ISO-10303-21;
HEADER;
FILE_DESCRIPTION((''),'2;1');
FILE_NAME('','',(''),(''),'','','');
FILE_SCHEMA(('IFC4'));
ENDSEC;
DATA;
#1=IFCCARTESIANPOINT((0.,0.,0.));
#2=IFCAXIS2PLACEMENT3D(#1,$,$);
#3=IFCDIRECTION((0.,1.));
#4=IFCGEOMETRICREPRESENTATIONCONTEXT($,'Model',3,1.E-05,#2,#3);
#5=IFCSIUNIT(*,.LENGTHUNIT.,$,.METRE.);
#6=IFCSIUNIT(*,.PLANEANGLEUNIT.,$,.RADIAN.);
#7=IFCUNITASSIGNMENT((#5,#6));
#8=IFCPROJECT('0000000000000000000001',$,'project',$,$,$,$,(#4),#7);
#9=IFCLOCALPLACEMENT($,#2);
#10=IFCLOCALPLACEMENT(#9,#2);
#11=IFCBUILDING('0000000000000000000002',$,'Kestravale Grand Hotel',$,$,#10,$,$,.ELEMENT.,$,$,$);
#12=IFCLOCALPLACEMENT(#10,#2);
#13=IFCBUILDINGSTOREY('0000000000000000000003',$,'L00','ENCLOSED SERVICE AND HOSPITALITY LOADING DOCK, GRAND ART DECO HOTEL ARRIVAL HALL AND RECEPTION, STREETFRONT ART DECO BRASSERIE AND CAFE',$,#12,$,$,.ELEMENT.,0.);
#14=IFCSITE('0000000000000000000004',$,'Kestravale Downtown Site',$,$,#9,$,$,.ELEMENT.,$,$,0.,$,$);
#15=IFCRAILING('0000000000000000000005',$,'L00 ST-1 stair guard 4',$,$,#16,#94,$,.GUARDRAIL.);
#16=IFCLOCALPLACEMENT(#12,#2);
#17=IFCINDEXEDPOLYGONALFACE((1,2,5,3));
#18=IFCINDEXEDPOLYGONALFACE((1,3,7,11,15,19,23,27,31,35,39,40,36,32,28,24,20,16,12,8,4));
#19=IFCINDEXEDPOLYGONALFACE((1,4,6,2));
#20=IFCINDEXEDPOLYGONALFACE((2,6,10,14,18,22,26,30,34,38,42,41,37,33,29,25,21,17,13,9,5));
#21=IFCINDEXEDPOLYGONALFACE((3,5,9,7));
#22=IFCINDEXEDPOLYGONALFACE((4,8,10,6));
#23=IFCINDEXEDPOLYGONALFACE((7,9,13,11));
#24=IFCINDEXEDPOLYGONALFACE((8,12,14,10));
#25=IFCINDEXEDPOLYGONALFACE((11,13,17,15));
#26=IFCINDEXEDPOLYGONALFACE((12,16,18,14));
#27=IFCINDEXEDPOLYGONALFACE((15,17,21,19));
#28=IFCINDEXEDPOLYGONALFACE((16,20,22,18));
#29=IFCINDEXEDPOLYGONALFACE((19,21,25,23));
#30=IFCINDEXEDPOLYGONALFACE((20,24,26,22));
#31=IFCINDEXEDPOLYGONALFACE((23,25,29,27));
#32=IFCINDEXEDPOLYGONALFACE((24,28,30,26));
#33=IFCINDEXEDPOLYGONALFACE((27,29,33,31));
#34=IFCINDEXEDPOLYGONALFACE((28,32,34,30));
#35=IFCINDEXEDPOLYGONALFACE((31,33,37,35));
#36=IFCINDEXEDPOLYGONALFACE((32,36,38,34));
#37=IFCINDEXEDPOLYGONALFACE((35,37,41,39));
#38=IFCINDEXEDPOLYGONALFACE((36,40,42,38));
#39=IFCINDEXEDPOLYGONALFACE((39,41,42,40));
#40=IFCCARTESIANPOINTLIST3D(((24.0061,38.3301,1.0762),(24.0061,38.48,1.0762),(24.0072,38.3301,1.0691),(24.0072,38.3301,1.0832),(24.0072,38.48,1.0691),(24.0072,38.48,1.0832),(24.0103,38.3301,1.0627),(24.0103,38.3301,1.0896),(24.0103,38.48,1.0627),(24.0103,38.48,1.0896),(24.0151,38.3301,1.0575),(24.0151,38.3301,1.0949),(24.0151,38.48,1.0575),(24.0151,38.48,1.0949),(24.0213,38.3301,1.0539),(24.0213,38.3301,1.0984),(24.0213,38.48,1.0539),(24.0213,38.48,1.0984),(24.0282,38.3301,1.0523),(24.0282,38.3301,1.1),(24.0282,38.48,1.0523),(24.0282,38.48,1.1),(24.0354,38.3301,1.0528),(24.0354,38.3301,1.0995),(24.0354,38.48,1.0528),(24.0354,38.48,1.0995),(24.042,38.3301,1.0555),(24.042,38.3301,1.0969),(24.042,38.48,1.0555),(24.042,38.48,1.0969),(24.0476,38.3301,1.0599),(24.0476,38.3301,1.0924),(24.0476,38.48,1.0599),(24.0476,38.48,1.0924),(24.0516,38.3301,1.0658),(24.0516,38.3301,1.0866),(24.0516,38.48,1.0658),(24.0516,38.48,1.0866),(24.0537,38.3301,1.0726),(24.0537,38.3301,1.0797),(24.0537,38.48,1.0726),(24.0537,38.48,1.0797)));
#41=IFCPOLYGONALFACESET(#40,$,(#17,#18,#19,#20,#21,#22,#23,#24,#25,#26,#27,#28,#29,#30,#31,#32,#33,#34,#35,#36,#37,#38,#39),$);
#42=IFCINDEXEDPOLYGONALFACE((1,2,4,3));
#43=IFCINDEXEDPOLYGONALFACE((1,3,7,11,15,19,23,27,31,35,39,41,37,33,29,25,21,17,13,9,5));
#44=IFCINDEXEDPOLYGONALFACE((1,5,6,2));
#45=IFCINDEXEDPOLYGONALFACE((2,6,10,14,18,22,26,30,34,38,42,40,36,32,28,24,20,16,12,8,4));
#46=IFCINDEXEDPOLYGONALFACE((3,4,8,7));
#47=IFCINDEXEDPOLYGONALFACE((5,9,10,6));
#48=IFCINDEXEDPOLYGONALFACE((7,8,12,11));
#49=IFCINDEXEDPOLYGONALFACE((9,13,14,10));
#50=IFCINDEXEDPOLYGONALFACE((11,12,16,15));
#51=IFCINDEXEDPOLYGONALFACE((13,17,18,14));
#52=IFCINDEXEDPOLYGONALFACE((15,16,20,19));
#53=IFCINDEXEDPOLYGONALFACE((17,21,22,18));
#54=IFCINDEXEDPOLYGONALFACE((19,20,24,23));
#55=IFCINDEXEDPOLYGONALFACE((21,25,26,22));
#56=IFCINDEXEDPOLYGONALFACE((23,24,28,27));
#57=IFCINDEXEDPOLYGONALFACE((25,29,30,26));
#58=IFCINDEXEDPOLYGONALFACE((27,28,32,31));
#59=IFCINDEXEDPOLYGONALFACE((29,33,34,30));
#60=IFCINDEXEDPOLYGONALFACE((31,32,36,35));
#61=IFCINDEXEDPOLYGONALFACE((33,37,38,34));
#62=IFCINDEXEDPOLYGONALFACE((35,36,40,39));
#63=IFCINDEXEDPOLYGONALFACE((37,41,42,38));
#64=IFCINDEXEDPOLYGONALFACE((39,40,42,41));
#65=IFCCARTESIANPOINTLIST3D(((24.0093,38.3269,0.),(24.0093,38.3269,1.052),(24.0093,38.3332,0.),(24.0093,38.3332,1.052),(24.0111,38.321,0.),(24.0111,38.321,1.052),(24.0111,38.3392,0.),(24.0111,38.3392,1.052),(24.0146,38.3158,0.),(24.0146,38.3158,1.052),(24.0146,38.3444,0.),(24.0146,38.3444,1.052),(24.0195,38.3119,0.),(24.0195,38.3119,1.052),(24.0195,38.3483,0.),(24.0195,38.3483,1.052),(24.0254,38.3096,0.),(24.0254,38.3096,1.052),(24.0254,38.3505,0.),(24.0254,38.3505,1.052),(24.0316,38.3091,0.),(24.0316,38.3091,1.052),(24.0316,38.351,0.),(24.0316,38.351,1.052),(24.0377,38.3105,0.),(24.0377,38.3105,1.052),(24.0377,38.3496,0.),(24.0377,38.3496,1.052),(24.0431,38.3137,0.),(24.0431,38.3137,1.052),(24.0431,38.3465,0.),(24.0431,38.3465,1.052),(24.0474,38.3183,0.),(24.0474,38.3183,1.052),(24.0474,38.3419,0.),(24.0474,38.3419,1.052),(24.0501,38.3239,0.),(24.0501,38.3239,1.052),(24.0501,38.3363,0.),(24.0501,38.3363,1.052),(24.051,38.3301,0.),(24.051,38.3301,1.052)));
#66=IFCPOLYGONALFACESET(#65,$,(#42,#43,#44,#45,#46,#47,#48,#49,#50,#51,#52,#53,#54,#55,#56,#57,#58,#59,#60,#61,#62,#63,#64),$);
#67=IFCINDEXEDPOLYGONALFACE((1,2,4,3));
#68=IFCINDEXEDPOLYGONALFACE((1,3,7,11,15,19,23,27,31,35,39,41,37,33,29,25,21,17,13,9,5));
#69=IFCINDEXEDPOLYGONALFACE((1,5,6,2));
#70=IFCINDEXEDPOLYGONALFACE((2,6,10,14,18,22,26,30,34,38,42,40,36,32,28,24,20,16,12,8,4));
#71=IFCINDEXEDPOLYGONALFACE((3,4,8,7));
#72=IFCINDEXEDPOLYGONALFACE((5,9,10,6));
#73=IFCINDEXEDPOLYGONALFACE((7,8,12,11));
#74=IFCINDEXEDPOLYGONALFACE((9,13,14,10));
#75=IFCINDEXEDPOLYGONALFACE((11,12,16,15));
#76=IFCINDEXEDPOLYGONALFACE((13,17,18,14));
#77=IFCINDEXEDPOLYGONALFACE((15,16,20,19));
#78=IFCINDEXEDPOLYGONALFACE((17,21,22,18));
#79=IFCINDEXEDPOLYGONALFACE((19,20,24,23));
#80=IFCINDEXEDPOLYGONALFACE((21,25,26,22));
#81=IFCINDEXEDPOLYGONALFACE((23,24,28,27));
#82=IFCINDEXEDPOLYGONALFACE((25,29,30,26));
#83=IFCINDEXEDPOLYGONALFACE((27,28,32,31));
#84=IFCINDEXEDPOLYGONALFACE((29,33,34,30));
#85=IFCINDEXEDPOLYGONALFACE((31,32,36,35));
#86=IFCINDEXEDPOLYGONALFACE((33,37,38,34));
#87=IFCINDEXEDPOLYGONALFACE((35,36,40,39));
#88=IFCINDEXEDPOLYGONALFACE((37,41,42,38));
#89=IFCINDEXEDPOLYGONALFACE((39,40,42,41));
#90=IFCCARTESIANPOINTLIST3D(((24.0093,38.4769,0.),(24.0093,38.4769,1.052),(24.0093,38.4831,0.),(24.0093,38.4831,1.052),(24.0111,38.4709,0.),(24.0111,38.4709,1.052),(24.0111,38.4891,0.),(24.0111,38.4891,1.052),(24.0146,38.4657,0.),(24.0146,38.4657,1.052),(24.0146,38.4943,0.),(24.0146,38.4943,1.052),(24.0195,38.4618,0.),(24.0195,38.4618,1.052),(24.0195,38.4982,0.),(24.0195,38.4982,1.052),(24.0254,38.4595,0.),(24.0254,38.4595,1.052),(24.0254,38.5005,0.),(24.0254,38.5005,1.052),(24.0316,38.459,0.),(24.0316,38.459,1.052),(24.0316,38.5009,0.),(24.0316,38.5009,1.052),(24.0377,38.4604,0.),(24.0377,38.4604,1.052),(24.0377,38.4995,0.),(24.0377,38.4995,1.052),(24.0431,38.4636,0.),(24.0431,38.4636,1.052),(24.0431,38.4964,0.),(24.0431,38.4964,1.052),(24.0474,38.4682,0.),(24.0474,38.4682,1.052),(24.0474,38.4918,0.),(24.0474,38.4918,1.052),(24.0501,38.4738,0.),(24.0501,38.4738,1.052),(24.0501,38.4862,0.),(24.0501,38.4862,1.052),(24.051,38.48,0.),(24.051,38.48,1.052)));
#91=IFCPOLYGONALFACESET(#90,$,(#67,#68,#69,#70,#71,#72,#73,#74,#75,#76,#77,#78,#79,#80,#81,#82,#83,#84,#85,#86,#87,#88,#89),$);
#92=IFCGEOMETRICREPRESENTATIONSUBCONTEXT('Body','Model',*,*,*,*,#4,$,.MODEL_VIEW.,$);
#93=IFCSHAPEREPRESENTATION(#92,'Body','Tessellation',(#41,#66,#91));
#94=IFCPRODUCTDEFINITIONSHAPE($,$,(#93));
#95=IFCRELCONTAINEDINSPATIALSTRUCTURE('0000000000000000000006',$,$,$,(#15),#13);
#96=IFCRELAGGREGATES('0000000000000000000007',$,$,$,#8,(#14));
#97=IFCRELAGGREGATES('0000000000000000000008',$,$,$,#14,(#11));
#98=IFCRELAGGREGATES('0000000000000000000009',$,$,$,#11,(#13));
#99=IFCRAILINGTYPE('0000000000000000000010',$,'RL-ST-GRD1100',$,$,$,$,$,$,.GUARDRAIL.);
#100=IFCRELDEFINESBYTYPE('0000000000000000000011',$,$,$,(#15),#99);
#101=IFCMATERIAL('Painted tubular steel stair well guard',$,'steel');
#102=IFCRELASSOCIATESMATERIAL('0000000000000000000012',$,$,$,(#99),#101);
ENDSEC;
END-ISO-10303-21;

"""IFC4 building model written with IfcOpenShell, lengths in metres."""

from ifc_helpers import new_model, si_unit, direction, frame, origin, origin_2d, place, context, subcontext, project, spatial, circle, extrude, material, type_object, element, save


model = new_model("IFC4")

# Units and contexts
model_context = context("Model", 3, precision=1e-05, world=origin(), true_north=direction((0.0, 1.0)))
body_context = subcontext(model_context, "Body", "Model", "MODEL_VIEW")
ifc_project = project(units=[si_unit("LENGTHUNIT", "METRE"), si_unit("PLANEANGLEUNIT", "RADIAN")], contexts=[model_context])

# Site, building, storey
site_placement = place(None, origin())
site = spatial("IfcSite", under=ifc_project, at=site_placement, Name="Kestravale Downtown Site", CompositionType="ELEMENT", RefElevation=0.0)
building_placement = place(site_placement, origin())
building = spatial("IfcBuilding", under=site, at=building_placement, Name="Kestravale Grand Hotel", CompositionType="ELEMENT")
storey_placement = place(building_placement, origin())
storey = spatial("IfcBuildingStorey", under=building, at=storey_placement, Name="L00", Description="ENCLOSED SERVICE AND HOSPITALITY LOADING DOCK, GRAND ART DECO HOTEL ARRIVAL HALL AND RECEPTION, STREETFRONT ART DECO BRASSERIE AND CAFE", CompositionType="ELEMENT", Elevation=0.0)

# Railing
ifc_material_1 = material(Name="Painted tubular steel stair well guard", Category="steel")
railing_type_1 = type_object("IfcRailingType", Name="RL-ST-GRD1100", PredefinedType="GUARDRAIL", material=ifc_material_1)
railing_1_placement = place(storey_placement, frame((24.03, 38.3301, 0.0)))
element("IfcRailing", 1, at=railing_1_placement, inside=storey, type_object=railing_type_1, Name="L00 ST-1 stair guard 4", PredefinedType="GUARDRAIL", context=body_context, shape_type="SweptSolid", body=[
    extrude(circle(Radius=0.0239, at=origin_2d()), frame((0.0, 0.0, 1.0762), z_axis=(0.0, 1.0, 0.0), x_axis=(-1.0, 0.0, 0.0)), (0.0, 0.0, 1.0), 0.1499),
    extrude(circle(Radius=0.021, at=origin_2d()), origin(), (0.0, 0.0, 1.0), 1.052),
    extrude(circle(Radius=0.021, at=origin_2d()), frame((0.0, 0.1499, 0.0)), (0.0, 0.0, 1.0), 1.052),
])

save(model, "model.ifc")
